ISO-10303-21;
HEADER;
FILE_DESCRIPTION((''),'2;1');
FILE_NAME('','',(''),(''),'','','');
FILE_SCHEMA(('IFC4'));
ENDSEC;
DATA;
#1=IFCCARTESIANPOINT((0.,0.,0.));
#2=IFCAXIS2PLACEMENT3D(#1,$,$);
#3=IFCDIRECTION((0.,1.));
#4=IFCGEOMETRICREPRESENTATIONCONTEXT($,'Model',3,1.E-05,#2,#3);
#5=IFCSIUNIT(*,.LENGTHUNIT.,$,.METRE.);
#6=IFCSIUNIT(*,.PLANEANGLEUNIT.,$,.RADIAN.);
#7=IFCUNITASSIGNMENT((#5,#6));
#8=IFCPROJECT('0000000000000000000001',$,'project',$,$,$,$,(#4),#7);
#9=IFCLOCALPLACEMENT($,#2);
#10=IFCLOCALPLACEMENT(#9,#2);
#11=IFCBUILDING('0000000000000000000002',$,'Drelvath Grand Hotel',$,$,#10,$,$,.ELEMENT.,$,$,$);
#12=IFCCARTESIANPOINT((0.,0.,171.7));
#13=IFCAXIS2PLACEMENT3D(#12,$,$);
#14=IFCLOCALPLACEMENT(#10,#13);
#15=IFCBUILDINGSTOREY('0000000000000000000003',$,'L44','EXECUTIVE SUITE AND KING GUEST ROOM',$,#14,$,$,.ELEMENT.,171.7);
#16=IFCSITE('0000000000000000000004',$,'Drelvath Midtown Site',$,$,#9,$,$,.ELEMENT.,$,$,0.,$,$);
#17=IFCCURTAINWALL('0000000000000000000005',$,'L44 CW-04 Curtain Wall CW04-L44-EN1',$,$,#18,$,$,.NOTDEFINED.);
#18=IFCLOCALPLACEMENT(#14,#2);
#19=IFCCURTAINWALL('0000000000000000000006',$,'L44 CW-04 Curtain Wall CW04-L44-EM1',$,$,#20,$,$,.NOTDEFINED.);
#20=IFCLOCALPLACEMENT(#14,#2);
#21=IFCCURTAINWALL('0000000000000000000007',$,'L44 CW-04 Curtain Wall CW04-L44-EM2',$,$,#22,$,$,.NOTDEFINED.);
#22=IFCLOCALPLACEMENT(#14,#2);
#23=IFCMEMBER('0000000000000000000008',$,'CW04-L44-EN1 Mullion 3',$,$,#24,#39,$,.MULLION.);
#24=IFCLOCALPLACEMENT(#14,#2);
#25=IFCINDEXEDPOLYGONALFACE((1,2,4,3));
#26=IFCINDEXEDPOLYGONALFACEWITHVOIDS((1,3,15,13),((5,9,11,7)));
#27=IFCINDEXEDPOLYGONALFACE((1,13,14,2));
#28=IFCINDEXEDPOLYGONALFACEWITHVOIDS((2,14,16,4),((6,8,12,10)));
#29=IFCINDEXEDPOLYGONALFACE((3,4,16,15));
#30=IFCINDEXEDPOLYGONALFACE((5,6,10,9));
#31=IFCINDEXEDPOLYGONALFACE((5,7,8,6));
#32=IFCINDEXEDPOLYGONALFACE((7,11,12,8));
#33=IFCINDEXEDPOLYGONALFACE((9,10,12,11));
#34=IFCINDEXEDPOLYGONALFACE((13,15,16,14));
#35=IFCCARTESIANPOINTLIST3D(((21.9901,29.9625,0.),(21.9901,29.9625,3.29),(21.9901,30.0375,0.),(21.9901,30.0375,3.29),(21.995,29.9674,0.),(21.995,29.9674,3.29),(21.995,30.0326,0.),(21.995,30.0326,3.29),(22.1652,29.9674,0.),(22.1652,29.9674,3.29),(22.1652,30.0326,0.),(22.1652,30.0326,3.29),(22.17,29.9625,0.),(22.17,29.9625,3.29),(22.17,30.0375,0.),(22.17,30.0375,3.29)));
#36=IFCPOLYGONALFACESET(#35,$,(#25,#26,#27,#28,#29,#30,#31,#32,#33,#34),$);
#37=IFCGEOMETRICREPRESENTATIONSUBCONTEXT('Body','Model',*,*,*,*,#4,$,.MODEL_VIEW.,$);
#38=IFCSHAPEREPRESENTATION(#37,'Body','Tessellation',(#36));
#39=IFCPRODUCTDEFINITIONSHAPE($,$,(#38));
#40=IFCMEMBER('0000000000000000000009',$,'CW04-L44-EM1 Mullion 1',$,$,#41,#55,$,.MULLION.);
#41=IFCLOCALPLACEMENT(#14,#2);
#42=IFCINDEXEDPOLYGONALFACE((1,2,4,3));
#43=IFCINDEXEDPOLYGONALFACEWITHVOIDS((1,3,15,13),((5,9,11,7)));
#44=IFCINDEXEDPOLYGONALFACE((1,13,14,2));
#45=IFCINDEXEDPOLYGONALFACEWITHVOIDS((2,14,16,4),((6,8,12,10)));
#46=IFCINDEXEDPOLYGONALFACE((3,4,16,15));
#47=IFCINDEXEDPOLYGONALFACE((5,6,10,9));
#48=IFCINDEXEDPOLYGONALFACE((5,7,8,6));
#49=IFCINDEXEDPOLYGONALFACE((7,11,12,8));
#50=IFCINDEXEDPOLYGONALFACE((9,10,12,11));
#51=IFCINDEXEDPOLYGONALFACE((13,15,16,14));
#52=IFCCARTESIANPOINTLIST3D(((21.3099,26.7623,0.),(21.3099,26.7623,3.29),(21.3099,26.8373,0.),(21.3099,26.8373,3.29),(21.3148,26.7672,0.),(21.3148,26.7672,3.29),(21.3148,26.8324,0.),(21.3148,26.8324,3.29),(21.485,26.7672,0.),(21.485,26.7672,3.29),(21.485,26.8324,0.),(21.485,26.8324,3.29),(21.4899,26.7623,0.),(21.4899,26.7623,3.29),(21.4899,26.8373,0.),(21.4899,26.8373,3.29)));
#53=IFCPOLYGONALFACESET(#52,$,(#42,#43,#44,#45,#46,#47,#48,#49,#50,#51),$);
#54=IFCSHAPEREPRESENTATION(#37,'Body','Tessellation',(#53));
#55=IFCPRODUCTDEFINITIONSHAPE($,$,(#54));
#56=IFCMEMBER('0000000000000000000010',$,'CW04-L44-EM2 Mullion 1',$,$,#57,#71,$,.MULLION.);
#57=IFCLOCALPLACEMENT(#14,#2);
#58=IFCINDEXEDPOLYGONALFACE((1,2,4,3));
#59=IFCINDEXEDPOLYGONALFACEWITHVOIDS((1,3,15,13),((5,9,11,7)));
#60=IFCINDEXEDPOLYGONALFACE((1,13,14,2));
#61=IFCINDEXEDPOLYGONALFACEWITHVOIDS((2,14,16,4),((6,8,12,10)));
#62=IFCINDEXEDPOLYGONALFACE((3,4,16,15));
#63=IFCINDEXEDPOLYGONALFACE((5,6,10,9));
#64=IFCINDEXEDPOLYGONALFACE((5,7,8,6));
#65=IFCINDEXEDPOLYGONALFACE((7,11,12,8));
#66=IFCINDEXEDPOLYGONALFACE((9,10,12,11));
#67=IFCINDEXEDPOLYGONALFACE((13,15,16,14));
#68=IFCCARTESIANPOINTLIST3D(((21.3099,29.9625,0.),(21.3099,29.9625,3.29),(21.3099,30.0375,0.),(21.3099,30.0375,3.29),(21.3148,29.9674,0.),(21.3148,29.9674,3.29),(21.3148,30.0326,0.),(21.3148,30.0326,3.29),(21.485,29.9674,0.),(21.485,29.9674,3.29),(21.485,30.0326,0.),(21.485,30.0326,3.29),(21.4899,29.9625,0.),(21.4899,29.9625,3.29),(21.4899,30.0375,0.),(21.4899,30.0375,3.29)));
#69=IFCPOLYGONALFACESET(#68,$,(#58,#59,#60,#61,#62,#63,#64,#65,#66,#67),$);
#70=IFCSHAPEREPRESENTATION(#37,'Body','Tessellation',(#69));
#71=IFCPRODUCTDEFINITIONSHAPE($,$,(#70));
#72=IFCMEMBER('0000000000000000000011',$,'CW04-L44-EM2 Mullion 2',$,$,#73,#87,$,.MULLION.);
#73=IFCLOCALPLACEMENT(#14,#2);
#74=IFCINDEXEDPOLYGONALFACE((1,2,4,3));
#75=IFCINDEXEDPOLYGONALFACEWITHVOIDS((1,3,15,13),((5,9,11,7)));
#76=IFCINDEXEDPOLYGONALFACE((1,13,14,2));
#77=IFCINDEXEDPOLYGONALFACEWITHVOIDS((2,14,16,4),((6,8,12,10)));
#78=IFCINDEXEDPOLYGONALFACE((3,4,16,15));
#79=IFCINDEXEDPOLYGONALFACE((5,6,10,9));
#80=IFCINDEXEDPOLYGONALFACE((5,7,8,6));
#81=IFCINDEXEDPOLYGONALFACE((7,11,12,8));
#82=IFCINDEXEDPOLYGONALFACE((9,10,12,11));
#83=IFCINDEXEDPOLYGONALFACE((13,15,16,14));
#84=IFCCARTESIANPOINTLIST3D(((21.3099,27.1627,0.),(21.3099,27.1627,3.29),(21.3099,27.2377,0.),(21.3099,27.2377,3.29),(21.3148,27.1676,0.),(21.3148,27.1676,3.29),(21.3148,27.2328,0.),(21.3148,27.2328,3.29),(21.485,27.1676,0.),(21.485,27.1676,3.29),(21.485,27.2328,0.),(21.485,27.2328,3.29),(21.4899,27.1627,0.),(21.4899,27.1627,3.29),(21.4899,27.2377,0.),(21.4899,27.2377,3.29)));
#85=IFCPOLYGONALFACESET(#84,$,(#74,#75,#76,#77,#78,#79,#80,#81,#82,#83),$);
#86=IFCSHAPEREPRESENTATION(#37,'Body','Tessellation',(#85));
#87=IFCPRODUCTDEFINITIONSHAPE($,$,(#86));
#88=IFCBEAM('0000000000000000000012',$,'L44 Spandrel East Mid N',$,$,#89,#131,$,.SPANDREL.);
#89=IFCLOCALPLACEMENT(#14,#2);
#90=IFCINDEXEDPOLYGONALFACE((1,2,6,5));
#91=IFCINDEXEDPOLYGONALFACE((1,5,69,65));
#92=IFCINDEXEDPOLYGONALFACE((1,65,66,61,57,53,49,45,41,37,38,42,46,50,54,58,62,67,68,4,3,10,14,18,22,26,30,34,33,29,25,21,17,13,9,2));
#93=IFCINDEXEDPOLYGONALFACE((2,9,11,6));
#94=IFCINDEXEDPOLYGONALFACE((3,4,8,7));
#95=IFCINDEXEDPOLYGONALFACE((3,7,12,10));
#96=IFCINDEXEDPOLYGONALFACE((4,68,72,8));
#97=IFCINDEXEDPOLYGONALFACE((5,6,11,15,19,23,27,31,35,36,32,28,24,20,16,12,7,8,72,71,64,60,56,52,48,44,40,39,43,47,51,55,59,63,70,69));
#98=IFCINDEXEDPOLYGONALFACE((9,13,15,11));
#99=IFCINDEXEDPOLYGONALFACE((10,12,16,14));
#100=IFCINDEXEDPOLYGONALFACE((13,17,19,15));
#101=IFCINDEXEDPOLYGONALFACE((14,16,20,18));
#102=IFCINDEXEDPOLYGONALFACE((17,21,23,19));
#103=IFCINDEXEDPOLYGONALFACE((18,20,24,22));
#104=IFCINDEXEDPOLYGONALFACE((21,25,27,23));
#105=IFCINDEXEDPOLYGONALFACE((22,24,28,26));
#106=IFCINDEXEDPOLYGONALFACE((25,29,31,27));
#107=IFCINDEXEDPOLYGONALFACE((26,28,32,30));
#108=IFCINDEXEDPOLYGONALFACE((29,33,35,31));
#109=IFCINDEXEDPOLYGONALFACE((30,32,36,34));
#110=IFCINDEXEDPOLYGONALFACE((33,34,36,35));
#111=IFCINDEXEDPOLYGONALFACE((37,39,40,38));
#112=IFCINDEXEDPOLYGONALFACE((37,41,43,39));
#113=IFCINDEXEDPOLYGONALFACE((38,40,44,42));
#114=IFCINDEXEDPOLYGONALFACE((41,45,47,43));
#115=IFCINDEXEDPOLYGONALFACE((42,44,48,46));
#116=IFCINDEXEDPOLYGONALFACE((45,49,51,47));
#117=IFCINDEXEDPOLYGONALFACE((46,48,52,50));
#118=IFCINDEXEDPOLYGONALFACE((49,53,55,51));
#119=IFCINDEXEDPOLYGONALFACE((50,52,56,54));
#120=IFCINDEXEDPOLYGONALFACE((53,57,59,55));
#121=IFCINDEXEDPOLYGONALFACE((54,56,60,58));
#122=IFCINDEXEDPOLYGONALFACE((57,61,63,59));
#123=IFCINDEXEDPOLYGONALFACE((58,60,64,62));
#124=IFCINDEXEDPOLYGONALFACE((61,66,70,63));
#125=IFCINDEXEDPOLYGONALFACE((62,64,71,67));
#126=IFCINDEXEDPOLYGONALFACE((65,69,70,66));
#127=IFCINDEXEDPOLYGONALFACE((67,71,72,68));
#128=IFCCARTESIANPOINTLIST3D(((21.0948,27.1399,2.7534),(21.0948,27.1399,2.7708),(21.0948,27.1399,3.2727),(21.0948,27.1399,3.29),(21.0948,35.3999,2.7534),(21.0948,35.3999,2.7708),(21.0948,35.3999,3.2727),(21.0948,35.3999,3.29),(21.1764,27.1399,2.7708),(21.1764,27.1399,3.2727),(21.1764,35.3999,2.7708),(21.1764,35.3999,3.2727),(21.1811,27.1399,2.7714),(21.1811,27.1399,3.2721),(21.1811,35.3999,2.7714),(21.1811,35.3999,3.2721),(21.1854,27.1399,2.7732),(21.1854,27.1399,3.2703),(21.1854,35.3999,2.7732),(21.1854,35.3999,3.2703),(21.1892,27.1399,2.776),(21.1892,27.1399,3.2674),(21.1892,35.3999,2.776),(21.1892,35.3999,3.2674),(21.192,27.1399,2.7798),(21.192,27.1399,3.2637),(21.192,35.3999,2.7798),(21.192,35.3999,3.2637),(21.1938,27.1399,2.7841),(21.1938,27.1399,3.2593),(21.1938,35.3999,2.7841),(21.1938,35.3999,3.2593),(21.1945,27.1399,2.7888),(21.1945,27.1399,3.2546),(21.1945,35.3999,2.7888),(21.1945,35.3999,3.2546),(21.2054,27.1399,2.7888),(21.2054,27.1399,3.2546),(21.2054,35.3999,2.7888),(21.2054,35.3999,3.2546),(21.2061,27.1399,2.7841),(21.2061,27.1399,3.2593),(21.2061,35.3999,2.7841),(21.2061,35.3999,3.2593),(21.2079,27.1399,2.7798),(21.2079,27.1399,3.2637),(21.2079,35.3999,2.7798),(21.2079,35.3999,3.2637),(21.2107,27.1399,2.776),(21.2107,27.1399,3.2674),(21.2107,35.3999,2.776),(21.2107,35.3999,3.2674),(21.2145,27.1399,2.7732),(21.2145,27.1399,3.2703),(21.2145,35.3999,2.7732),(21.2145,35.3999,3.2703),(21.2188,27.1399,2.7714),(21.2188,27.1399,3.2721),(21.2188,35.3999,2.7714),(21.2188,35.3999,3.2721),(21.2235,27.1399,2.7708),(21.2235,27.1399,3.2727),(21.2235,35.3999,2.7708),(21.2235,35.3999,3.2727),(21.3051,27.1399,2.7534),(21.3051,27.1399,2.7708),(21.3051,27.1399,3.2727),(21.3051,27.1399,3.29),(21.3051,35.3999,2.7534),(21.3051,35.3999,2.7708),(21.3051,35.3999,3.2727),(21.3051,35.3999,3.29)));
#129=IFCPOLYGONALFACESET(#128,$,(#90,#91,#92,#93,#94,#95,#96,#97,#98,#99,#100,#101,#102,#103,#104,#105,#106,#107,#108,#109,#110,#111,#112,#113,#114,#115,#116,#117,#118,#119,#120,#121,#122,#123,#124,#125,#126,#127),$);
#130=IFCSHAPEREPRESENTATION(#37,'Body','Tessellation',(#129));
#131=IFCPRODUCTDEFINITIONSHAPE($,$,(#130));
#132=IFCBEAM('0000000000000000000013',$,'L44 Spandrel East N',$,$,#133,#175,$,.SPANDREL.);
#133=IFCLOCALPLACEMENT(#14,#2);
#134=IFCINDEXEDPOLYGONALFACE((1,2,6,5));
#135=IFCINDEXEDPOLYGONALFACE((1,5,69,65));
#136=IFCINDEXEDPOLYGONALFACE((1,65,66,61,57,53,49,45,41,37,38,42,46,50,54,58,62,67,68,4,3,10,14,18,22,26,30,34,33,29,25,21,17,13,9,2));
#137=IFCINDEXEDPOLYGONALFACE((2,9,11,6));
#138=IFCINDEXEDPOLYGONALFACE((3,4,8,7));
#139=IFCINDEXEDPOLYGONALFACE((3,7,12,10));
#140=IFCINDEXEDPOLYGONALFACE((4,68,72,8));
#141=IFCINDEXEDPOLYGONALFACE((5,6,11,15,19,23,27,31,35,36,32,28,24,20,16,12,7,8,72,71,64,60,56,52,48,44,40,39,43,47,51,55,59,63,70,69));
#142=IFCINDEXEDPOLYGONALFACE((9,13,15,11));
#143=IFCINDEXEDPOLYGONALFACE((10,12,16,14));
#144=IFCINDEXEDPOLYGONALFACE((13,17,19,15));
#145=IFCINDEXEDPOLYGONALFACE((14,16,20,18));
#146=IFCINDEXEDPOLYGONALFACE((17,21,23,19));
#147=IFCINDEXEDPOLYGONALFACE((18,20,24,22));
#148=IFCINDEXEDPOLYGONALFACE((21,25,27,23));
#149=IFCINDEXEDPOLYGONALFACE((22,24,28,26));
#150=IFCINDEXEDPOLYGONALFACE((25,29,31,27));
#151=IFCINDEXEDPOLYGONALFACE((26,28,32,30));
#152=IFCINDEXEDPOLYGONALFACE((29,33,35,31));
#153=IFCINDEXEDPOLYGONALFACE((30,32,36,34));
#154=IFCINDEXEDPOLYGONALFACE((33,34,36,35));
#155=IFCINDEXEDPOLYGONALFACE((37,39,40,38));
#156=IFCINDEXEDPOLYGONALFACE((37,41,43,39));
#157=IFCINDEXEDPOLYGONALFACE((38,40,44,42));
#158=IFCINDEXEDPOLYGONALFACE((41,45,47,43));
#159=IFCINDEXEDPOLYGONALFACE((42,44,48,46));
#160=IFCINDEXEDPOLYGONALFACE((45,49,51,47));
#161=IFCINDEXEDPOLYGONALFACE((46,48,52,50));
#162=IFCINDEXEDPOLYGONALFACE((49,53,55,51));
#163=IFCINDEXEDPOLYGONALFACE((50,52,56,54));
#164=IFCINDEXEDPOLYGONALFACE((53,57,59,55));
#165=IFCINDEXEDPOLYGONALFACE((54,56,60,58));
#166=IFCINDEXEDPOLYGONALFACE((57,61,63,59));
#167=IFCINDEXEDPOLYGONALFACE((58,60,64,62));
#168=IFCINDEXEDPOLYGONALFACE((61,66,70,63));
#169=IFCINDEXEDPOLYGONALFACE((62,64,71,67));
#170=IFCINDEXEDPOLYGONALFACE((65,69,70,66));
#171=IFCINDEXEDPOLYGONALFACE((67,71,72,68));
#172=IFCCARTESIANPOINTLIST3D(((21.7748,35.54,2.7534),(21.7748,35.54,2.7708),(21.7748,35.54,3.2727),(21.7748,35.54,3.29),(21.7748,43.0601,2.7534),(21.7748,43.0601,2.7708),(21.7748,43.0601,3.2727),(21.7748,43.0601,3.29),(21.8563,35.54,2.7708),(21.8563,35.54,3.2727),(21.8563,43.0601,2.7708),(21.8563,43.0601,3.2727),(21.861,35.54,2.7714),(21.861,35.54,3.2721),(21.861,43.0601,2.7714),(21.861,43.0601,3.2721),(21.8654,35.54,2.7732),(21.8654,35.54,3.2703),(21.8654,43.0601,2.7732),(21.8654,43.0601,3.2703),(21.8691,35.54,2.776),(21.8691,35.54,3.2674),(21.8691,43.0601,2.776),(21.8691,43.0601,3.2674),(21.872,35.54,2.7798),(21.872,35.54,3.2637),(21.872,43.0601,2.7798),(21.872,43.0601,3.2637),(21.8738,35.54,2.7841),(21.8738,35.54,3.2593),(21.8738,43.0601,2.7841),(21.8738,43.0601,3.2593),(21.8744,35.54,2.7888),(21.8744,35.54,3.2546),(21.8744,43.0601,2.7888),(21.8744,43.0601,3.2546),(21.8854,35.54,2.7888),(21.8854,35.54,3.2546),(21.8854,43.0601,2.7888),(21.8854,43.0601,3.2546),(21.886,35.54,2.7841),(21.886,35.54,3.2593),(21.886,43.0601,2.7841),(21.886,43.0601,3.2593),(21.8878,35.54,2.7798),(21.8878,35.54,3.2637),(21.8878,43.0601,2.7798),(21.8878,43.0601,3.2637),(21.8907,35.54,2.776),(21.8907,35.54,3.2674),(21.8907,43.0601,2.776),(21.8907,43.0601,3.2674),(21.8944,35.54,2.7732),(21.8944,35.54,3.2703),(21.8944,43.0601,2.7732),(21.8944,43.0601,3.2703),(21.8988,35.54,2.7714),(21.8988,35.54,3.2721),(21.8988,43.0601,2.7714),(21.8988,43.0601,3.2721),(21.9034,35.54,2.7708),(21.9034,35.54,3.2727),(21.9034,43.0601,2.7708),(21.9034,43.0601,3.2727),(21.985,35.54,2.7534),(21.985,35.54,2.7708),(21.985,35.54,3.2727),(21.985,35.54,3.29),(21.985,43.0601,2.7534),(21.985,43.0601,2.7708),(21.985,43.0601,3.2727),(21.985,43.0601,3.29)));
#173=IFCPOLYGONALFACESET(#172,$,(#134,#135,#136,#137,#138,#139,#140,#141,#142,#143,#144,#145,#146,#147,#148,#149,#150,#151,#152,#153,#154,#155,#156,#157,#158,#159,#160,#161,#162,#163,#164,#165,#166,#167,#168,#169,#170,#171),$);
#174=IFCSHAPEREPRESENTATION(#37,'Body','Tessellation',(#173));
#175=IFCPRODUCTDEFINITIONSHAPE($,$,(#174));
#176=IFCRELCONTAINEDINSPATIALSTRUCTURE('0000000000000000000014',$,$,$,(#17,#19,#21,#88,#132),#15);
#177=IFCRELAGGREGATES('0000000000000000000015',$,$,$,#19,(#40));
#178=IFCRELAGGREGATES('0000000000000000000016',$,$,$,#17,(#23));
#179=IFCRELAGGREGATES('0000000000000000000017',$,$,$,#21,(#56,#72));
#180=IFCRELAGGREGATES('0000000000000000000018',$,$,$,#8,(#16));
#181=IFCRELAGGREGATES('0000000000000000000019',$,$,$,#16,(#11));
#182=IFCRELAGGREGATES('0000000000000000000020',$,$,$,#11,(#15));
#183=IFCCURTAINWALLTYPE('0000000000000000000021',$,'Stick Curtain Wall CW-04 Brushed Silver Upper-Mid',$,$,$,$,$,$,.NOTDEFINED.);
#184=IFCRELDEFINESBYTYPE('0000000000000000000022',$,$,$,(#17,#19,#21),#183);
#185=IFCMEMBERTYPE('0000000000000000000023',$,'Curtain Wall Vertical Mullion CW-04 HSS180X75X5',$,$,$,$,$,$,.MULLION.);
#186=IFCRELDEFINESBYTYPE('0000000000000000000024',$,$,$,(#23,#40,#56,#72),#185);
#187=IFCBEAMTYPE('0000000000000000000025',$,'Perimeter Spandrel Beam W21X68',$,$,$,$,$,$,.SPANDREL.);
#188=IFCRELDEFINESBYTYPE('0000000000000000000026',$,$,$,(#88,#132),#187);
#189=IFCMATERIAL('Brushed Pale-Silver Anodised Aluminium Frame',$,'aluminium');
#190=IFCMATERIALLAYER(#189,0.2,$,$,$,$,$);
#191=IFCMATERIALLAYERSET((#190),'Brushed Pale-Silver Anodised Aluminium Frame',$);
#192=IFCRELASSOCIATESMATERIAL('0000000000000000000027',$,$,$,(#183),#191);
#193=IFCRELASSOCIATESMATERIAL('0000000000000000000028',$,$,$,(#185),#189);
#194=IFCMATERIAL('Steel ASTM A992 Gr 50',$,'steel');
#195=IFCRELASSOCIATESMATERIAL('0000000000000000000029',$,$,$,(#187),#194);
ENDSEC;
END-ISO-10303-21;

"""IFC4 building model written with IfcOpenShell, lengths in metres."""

from ifc_helpers import new_model, si_unit, direction, frame, origin, origin_2d, place, context, subcontext, project, spatial, hollow_rectangle, i_section, extrude, material, layer, layer_set, material_profile, profile_set, type_object, element, aggregate, save


model = new_model("IFC4")

# Units and contexts
model_context = context("Model", 3, precision=1e-05, world=origin(), true_north=direction((0.0, 1.0)))
body_context = subcontext(model_context, "Body", "Model", "MODEL_VIEW")
ifc_project = project(units=[si_unit("LENGTHUNIT", "METRE"), si_unit("PLANEANGLEUNIT", "RADIAN")], contexts=[model_context])

# Site, building, storey
site_placement = place(None, origin())
site = spatial("IfcSite", under=ifc_project, at=site_placement, Name="Drelvath Midtown Site", CompositionType="ELEMENT", RefElevation=0.0)
building_placement = place(site_placement, origin())
building = spatial("IfcBuilding", under=site, at=building_placement, Name="Drelvath Grand Hotel", CompositionType="ELEMENT")
storey_placement = place(building_placement, frame((0.0, 0.0, 171.7)))
storey = spatial("IfcBuildingStorey", under=building, at=storey_placement, Name="L44", Description="EXECUTIVE SUITE AND KING GUEST ROOM", CompositionType="ELEMENT", Elevation=171.7)

# Curtain walls
ifc_material_1 = material(Name="Brushed Pale-Silver Anodised Aluminium Frame", Category="aluminium")
ifc_layer_1 = layer(ifc_material_1, 0.2)
ifc_layer_set_1 = layer_set([ifc_layer_1], Name="Brushed Pale-Silver Anodised Aluminium Frame")
curtain_wall_type = type_object("IfcCurtainWallType", Name="Stick Curtain Wall CW-04 Brushed Silver Upper-Mid", PredefinedType="NOTDEFINED", material=ifc_layer_set_1)
curtain_wall_1_placement = place(storey_placement, origin())
curtain_wall_1 = element("IfcCurtainWall", 1, at=curtain_wall_1_placement, inside=storey, type_object=curtain_wall_type, Name="L44 CW-04 Curtain Wall CW04-L44-EN1", PredefinedType="NOTDEFINED")
curtain_wall_2_placement = place(storey_placement, origin())
curtain_wall_2 = element("IfcCurtainWall", 2, at=curtain_wall_2_placement, inside=storey, type_object=curtain_wall_type, Name="L44 CW-04 Curtain Wall CW04-L44-EM1", PredefinedType="NOTDEFINED")
curtain_wall_3_placement = place(storey_placement, origin())
curtain_wall_3 = element("IfcCurtainWall", 3, at=curtain_wall_3_placement, inside=storey, type_object=curtain_wall_type, Name="L44 CW-04 Curtain Wall CW04-L44-EM2", PredefinedType="NOTDEFINED")

# Members
ifc_material_profile_1 = material_profile(ifc_material_1, hollow_rectangle(XDim=0.075, YDim=0.1799, WallThickness=0.0049, at=origin_2d()), Name="HSS180X75X5")
ifc_profile_set_1 = profile_set([ifc_material_profile_1], Name="Brushed Pale-Silver Anodised Aluminium Frame")
member_type_1 = type_object("IfcMemberType", Name="Curtain Wall Vertical Mullion CW-04 HSS180X75X5", PredefinedType="MULLION", material=ifc_profile_set_1)
member_1_placement = place(storey_placement, frame((22.0801, 30.0, 0.0), z_axis=(0.0, 0.0, 1.0), x_axis=(0.0, 1.0, 0.0)))
member_1 = element("IfcMember", 4, at=member_1_placement, type_object=member_type_1, Name="CW04-L44-EN1 Mullion 3", PredefinedType="MULLION", context=body_context, shape_type="SweptSolid", body=[
    extrude(hollow_rectangle(XDim=0.075, YDim=0.1799, WallThickness=0.0049, at=origin_2d()), origin(), (0.0, 0.0, 1.0), 3.29),
])
member_2_placement = place(storey_placement, frame((21.3999, 26.7998, 0.0), z_axis=(0.0, 0.0, 1.0), x_axis=(0.0, 1.0, 0.0)))
member_2 = element("IfcMember", 5, at=member_2_placement, type_object=member_type_1, Name="CW04-L44-EM1 Mullion 1", PredefinedType="MULLION", context=body_context, shape_type="SweptSolid", body=[
    extrude(hollow_rectangle(XDim=0.075, YDim=0.1799, WallThickness=0.0049, at=origin_2d()), origin(), (0.0, 0.0, 1.0), 3.29),
])
aggregate(curtain_wall_2, [member_2])
member_3_placement = place(storey_placement, frame((21.3999, 30.0, 0.0), z_axis=(0.0, 0.0, 1.0), x_axis=(0.0, 1.0, 0.0)))
member_3 = element("IfcMember", 6, at=member_3_placement, type_object=member_type_1, Name="CW04-L44-EM2 Mullion 1", PredefinedType="MULLION", context=body_context, shape_type="SweptSolid", body=[
    extrude(hollow_rectangle(XDim=0.075, YDim=0.1799, WallThickness=0.0049, at=origin_2d()), origin(), (0.0, 0.0, 1.0), 3.29),
])
member_4_placement = place(storey_placement, frame((21.3999, 27.2002, 0.0), z_axis=(0.0, 0.0, 1.0), x_axis=(0.0, 1.0, 0.0)))
member_4 = element("IfcMember", 7, at=member_4_placement, type_object=member_type_1, Name="CW04-L44-EM2 Mullion 2", PredefinedType="MULLION", context=body_context, shape_type="SweptSolid", body=[
    extrude(hollow_rectangle(XDim=0.075, YDim=0.1799, WallThickness=0.0049, at=origin_2d()), origin(), (0.0, 0.0, 1.0), 3.29),
])

# Beams
ifc_material_2 = material(Name="Steel ASTM A992 Gr 50", Category="steel")
ifc_material_profile_2 = material_profile(ifc_material_2, i_section(OverallWidth=0.2102, OverallDepth=0.5366, WebThickness=0.011, FlangeThickness=0.0173, FilletRadius=0.0181, at=origin_2d()), Name="W21X68")
ifc_profile_set_2 = profile_set([ifc_material_profile_2], Name="Steel ASTM A992 Gr 50")
beam_type_1 = type_object("IfcBeamType", Name="Perimeter Spandrel Beam W21X68", PredefinedType="SPANDREL", material=ifc_profile_set_2)
beam_1_placement = place(storey_placement, frame((21.2, 27.1399, 3.0217), z_axis=(0.0, 1.0, 0.0), x_axis=(-1.0, 0.0, 0.0)))
element("IfcBeam", 8, at=beam_1_placement, inside=storey, type_object=beam_type_1, Name="L44 Spandrel East Mid N", PredefinedType="SPANDREL", context=body_context, shape_type="SweptSolid", body=[
    extrude(i_section(OverallWidth=0.2102, OverallDepth=0.5366, WebThickness=0.011, FlangeThickness=0.0173, FilletRadius=0.0181, at=origin_2d()), origin(), (0.0, 0.0, 1.0), 8.26),
])
beam_2_placement = place(storey_placement, frame((21.8799, 35.54, 3.0217), z_axis=(0.0, 1.0, 0.0), x_axis=(-1.0, 0.0, 0.0)))
element("IfcBeam", 9, at=beam_2_placement, inside=storey, type_object=beam_type_1, Name="L44 Spandrel East N", PredefinedType="SPANDREL", context=body_context, shape_type="SweptSolid", body=[
    extrude(i_section(OverallWidth=0.2102, OverallDepth=0.5366, WebThickness=0.011, FlangeThickness=0.0173, FilletRadius=0.0181, at=origin_2d()), origin(), (0.0, 0.0, 1.0), 7.52),
])

aggregate(curtain_wall_1, [member_1])
aggregate(curtain_wall_3, [member_3, member_4])

save(model, "model.ifc")
